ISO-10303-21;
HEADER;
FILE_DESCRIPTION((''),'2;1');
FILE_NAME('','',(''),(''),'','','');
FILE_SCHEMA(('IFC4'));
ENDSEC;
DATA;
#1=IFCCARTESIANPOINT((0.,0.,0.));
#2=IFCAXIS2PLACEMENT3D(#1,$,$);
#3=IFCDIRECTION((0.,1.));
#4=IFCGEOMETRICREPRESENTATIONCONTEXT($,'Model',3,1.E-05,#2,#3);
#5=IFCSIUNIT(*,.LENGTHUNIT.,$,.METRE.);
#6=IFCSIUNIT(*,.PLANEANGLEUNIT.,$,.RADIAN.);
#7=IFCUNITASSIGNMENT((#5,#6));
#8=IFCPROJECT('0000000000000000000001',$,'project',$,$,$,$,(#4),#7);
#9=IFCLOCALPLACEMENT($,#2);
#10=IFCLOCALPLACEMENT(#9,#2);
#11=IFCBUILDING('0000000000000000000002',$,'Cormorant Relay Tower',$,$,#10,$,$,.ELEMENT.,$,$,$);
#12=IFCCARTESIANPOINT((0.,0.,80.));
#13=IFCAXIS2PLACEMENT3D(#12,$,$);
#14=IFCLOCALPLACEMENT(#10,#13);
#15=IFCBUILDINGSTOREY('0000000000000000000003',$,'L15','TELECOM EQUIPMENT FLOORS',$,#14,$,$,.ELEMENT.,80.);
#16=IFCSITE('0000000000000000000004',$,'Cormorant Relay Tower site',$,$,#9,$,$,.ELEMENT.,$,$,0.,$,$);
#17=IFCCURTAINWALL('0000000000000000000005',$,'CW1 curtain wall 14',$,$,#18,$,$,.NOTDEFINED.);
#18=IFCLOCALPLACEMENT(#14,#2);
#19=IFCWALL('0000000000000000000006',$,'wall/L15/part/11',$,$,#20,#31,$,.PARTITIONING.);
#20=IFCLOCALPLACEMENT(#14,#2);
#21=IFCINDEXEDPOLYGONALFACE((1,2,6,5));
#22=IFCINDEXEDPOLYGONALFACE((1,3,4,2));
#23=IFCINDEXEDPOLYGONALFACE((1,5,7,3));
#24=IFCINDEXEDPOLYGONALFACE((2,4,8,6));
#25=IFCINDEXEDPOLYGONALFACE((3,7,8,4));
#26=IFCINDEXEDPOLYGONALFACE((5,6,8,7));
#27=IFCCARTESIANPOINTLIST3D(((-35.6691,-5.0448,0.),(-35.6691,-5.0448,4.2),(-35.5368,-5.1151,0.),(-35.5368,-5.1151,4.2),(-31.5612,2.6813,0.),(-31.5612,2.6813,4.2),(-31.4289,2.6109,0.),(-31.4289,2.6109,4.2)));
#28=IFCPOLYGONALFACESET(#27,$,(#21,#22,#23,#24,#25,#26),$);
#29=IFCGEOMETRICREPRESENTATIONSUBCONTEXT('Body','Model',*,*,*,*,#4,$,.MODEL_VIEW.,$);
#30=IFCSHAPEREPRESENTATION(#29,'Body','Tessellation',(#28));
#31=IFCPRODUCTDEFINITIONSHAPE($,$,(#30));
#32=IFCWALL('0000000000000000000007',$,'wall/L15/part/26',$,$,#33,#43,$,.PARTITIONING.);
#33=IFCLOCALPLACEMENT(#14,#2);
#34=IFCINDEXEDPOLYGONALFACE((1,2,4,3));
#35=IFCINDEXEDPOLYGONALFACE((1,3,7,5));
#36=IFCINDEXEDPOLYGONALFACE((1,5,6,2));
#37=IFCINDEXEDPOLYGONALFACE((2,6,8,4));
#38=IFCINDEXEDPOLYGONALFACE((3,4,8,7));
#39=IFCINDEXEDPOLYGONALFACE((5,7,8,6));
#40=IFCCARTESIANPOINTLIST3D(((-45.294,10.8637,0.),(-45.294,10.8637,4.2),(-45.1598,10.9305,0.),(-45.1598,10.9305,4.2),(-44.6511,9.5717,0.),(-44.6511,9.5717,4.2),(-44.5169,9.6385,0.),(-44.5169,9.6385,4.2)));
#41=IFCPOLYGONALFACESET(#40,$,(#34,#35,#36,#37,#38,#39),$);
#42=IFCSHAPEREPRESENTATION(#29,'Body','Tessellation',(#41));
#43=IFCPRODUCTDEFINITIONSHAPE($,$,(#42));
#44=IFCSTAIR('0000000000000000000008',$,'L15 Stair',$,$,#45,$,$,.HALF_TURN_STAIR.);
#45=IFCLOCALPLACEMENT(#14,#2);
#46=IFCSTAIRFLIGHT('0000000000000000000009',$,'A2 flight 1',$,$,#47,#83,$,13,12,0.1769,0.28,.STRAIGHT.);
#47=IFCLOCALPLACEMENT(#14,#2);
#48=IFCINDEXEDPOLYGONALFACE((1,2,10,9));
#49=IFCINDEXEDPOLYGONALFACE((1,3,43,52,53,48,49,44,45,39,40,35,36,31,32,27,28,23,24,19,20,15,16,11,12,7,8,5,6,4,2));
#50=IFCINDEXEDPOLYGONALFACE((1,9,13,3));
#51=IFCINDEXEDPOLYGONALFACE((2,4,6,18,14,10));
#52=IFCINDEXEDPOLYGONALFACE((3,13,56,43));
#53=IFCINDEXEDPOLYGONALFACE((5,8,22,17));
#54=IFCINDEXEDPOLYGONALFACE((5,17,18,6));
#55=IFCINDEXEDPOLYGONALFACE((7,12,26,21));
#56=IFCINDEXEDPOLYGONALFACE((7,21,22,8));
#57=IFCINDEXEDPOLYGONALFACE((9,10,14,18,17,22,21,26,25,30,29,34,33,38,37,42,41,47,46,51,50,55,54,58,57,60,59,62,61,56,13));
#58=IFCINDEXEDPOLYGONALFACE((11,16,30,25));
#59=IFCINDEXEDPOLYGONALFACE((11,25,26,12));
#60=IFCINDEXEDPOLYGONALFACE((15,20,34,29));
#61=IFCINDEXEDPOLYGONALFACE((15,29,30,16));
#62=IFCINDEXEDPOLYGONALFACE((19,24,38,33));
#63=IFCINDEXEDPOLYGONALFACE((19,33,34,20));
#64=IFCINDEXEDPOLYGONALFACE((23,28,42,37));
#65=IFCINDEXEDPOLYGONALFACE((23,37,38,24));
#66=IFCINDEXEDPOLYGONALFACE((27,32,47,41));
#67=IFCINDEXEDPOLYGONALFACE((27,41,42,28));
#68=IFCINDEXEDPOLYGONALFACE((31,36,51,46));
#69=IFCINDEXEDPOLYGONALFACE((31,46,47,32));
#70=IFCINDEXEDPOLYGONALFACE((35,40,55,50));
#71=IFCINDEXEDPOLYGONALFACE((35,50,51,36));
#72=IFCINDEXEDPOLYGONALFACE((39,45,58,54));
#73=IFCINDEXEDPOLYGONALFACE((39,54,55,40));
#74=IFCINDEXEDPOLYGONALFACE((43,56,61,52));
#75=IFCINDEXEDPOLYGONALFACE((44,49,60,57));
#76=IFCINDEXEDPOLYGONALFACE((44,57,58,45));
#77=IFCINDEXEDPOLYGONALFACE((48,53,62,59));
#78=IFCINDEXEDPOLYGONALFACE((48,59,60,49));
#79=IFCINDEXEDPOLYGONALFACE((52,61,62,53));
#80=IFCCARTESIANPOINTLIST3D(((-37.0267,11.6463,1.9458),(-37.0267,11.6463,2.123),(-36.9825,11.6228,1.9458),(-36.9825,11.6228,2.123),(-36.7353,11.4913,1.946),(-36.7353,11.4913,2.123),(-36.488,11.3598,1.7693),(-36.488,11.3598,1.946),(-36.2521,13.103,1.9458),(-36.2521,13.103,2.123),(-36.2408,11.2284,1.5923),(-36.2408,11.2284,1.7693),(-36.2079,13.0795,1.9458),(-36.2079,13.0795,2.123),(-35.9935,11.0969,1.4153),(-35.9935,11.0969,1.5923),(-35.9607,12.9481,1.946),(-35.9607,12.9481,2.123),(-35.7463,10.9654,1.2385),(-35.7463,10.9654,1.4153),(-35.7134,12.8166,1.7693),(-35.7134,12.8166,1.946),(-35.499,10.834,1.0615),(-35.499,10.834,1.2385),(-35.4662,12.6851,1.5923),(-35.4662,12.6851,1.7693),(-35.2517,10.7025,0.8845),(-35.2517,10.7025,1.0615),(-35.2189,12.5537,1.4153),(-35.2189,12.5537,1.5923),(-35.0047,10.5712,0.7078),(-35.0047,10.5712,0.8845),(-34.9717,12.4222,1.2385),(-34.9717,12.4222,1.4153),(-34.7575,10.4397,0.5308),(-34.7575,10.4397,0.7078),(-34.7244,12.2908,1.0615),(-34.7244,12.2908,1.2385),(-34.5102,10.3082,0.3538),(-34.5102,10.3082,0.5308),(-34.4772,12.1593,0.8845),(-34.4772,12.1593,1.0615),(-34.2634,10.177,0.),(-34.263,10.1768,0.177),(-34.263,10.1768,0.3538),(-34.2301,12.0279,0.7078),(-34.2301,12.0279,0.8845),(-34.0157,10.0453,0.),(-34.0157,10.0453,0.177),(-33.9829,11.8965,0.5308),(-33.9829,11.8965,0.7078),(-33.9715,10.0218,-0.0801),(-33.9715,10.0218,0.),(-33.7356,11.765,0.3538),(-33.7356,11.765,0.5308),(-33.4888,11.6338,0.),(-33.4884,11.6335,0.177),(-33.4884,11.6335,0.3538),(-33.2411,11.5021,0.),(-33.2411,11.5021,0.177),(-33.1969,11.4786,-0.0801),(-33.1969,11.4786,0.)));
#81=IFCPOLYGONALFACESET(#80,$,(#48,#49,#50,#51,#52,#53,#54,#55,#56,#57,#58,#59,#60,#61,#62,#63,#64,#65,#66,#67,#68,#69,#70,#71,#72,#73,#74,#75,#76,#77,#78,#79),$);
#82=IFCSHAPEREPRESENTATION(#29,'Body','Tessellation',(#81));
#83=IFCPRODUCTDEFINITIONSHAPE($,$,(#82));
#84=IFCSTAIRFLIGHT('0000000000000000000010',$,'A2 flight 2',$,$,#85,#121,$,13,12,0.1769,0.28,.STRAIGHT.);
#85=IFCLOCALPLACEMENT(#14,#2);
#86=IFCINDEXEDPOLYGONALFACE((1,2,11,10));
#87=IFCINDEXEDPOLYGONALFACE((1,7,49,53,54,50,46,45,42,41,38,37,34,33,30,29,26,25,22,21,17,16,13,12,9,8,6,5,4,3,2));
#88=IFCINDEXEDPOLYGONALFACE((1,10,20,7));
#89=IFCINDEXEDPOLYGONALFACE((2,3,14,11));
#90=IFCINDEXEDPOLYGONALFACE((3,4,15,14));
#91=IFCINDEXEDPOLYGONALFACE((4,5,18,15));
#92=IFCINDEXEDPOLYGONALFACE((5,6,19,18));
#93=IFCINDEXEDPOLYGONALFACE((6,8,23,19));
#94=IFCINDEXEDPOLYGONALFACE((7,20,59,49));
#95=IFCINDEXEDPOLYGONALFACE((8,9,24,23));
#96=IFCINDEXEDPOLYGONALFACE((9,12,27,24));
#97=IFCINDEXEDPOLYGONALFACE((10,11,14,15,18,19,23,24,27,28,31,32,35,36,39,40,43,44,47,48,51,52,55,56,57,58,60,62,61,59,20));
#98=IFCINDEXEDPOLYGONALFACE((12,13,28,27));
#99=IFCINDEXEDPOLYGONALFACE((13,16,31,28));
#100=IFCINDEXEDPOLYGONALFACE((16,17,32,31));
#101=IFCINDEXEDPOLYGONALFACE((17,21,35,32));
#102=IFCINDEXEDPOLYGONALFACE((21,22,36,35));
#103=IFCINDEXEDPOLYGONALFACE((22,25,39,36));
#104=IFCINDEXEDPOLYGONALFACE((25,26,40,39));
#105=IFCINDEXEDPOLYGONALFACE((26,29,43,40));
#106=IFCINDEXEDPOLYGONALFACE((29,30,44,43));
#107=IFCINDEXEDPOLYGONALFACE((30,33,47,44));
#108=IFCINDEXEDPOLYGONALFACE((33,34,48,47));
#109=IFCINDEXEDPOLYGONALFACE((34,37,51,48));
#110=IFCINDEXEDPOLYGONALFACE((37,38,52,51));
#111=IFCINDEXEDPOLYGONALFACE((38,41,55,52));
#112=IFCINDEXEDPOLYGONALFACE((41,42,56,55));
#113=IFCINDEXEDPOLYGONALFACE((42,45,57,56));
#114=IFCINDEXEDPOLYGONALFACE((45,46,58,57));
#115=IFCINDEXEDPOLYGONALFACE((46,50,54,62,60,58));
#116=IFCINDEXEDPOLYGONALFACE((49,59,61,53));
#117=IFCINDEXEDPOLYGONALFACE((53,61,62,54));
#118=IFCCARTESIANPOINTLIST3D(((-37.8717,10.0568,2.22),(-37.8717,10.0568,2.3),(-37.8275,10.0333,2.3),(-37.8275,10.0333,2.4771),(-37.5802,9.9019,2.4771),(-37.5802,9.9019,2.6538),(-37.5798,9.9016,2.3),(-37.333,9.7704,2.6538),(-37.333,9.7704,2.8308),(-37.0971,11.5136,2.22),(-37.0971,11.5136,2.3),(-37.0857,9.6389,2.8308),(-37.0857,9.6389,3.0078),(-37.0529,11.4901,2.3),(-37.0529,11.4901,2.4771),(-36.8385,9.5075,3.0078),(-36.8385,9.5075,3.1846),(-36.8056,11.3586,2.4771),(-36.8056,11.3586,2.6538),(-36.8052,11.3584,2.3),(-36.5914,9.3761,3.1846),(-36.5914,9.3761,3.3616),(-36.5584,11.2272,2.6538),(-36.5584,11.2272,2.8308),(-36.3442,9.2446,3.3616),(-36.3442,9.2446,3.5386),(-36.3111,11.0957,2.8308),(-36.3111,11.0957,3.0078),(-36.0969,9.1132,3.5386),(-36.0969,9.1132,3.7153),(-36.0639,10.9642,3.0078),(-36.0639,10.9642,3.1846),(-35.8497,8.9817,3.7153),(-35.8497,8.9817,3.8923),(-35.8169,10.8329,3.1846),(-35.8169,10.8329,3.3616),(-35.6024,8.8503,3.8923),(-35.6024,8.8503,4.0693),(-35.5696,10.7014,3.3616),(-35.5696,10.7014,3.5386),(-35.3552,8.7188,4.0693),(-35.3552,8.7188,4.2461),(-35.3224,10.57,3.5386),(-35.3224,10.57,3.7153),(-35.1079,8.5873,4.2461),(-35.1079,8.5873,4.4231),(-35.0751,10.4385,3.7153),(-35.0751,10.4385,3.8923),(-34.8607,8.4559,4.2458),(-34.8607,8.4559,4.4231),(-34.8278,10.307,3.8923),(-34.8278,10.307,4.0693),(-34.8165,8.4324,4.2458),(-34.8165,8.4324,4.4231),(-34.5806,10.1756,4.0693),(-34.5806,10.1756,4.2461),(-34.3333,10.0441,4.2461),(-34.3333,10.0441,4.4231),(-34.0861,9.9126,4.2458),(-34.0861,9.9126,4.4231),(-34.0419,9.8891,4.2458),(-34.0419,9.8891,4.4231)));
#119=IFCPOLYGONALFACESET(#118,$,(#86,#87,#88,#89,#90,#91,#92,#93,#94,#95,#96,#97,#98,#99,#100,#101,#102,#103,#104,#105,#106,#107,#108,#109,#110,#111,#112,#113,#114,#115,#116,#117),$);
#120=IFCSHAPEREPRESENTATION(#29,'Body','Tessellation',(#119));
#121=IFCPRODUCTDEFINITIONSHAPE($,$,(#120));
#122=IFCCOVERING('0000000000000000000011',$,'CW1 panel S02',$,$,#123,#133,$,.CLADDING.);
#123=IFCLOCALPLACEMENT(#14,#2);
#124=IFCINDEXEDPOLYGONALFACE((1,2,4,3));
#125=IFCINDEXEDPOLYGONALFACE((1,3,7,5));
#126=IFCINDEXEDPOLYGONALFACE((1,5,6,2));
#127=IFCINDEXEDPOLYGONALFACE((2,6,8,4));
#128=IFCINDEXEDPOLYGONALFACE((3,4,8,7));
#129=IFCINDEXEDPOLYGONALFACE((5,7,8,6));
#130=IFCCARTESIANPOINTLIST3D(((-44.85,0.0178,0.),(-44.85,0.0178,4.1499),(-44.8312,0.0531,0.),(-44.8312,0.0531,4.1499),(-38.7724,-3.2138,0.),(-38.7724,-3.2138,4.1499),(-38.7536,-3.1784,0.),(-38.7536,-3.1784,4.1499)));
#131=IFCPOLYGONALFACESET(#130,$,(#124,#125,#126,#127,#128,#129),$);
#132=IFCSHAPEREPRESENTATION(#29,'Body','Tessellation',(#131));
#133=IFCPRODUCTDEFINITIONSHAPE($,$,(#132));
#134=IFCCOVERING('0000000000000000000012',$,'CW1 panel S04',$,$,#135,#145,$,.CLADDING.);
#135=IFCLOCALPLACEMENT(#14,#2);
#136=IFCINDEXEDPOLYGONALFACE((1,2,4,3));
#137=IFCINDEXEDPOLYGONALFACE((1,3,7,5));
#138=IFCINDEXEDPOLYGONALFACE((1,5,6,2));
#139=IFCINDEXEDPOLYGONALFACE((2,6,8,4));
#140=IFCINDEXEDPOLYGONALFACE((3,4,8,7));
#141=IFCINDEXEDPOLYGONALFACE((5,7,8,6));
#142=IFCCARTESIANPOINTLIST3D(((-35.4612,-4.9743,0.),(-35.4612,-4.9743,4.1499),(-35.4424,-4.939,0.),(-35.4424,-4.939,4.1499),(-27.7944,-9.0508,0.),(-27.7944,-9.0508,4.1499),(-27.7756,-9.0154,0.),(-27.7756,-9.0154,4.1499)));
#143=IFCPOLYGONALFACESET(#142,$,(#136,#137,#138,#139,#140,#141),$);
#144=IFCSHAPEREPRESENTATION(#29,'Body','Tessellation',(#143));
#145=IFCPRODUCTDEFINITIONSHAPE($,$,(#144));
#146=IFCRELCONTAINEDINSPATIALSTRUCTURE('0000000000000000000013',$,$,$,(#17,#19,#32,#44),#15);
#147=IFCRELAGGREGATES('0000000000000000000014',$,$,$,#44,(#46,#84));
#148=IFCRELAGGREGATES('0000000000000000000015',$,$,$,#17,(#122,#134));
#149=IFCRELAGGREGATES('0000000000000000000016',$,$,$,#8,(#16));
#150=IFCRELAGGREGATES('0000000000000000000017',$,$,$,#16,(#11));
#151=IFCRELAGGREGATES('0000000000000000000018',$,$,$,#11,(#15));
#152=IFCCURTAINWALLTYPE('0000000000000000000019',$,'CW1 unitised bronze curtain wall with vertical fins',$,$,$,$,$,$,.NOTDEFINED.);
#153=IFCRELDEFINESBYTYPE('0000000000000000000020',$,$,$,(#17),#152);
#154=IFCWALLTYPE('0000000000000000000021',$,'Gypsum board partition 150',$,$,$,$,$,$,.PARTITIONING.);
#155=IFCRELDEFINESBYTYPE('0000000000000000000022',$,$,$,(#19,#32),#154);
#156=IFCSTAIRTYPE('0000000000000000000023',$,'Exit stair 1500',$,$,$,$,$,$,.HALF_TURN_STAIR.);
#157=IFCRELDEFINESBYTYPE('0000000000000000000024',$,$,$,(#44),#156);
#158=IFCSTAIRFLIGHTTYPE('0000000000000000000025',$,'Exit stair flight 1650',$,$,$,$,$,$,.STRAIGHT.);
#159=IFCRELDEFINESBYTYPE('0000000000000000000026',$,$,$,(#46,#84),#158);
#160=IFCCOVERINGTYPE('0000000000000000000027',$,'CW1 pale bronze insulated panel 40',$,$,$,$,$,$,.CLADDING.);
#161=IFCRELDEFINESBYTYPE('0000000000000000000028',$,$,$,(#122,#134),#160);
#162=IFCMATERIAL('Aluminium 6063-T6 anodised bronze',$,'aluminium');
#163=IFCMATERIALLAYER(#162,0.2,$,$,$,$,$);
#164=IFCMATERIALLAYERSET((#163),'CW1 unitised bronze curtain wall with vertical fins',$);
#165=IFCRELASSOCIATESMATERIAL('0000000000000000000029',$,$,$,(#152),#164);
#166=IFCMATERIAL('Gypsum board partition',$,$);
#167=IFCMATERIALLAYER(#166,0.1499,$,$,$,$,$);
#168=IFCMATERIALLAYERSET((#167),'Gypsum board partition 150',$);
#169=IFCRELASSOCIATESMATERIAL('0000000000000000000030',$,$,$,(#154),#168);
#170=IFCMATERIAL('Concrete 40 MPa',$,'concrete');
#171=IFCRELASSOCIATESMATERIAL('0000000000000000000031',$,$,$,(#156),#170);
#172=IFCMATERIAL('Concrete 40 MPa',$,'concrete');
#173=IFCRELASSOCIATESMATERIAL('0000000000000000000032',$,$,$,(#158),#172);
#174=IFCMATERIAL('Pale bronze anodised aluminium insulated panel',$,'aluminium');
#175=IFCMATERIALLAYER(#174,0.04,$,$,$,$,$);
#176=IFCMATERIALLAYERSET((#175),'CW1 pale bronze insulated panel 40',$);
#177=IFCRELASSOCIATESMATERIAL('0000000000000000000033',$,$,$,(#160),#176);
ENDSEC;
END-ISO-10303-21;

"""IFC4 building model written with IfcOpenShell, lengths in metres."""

from ifc_helpers import new_model, si_unit, direction, frame, frame_2d, origin, origin_2d, place, context, subcontext, project, spatial, polyline, rectangle, outline, extrude, material, layer, layer_set, type_object, element, aggregate, save


model = new_model("IFC4")

# Units and contexts
model_context = context("Model", 3, precision=1e-05, world=origin(), true_north=direction((0.0, 1.0)))
body_context = subcontext(model_context, "Body", "Model", "MODEL_VIEW")
ifc_project = project(units=[si_unit("LENGTHUNIT", "METRE"), si_unit("PLANEANGLEUNIT", "RADIAN")], contexts=[model_context])

# Site, building, storey
site_placement = place(None, origin())
site = spatial("IfcSite", under=ifc_project, at=site_placement, Name="Cormorant Relay Tower site", CompositionType="ELEMENT", RefElevation=0.0)
building_placement = place(site_placement, origin())
building = spatial("IfcBuilding", under=site, at=building_placement, Name="Cormorant Relay Tower", CompositionType="ELEMENT")
storey_placement = place(building_placement, frame((0.0, 0.0, 80.0)))
storey = spatial("IfcBuildingStorey", under=building, at=storey_placement, Name="L15", Description="TELECOM EQUIPMENT FLOORS", CompositionType="ELEMENT", Elevation=80.0)

# Curtain wall
ifc_material_1 = material(Name="Aluminium 6063-T6 anodised bronze", Category="aluminium")
ifc_layer_1 = layer(ifc_material_1, 0.2)
ifc_layer_set_1 = layer_set([ifc_layer_1], Name="CW1 unitised bronze curtain wall with vertical fins")
curtain_wall_type = type_object("IfcCurtainWallType", Name="CW1 unitised bronze curtain wall with vertical fins", PredefinedType="NOTDEFINED", material=ifc_layer_set_1)
curtain_wall_placement = place(storey_placement, origin())
curtain_wall = element("IfcCurtainWall", 1, at=curtain_wall_placement, inside=storey, type_object=curtain_wall_type, Name="CW1 curtain wall 14", PredefinedType="NOTDEFINED")

# Walls
ifc_material_2 = material(Name="Gypsum board partition")
ifc_layer_2 = layer(ifc_material_2, 0.1499)
ifc_layer_set_2 = layer_set([ifc_layer_2], Name="Gypsum board partition 150")
wall_type_1 = type_object("IfcWallType", Name="Gypsum board partition 150", PredefinedType="PARTITIONING", material=ifc_layer_set_2)
wall_1_placement = place(storey_placement, frame((-31.4951, 2.646, 0.0), z_axis=(0.0, 0.0, 1.0), x_axis=(-0.469461, -0.882953, 0.0)))
element("IfcWall", 2, at=wall_1_placement, inside=storey, type_object=wall_type_1, Name="wall/L15/part/11", PredefinedType="PARTITIONING", context=body_context, shape_type="SweptSolid", body=[
    extrude(rectangle(XDim=8.7502, YDim=0.1499, at=frame_2d((4.375, 0.0))), origin(), (0.0, 0.0, 1.0), 4.2),
])
wall_2_placement = place(storey_placement, frame((-44.584, 9.605, 0.0), z_axis=(0.0, 0.0, 1.0), x_axis=(-0.445453, 0.895305, 0.0)))
element("IfcWall", 3, at=wall_2_placement, inside=storey, type_object=wall_type_1, Name="wall/L15/part/26", PredefinedType="PARTITIONING", context=body_context, shape_type="SweptSolid", body=[
    extrude(rectangle(XDim=1.4431, YDim=0.1499, at=frame_2d((0.7217, 0.0))), origin(), (0.0, 0.0, 1.0), 4.2),
])

# Stair, stair flights
ifc_material_3 = material(Name="Concrete 40 MPa", Category="concrete")
stair_type = type_object("IfcStairType", Name="Exit stair 1500", PredefinedType="HALF_TURN_STAIR", material=ifc_material_3)
stair_placement = place(storey_placement, origin())
stair = element("IfcStair", 4, at=stair_placement, inside=storey, type_object=stair_type, Name="L15 Stair", PredefinedType="HALF_TURN_STAIR")
ifc_material_4 = material(Name="Concrete 40 MPa", Category="concrete")
stair_flight_type = type_object("IfcStairFlightType", Name="Exit stair flight 1650", PredefinedType="STRAIGHT", material=ifc_material_4)
stair_flight_1_placement = place(storey_placement, frame((-33.6284, 10.7737, 0.0), z_axis=(0.0, 0.0, 1.0), x_axis=(-0.882948, 0.469472, 0.0)))
stair_flight_1 = element("IfcStairFlight", 5, at=stair_flight_1_placement, type_object=stair_flight_type, Name="A2 flight 1", NumberOfRisers=13, NumberOfTreads=12, PredefinedType="STRAIGHT", RiserHeight=0.1769, TreadLength=0.28, context=body_context, shape_type="SweptSolid", body=[
    extrude(outline(polyline([(-0.05, -0.0801), (-0.05, 0.0), (0.0, 0.0), (0.0, 0.177), (0.28, 0.177), (0.28, 0.3538), (0.5601, 0.3538), (0.5601, 0.5308), (0.8401, 0.5308), (0.8401, 0.7078), (1.1201, 0.7078), (1.1201, 0.8845), (1.3999, 0.8845), (1.3999, 1.0615), (1.6799, 1.0615), (1.6799, 1.2385), (1.96, 1.2385), (1.96, 1.4153), (2.24, 1.4153), (2.24, 1.5923), (2.52, 1.5923), (2.52, 1.7693), (2.8, 1.7693), (2.8, 1.946), (3.0801, 1.946), (3.0801, 2.123), (3.3601, 2.123), (3.4102, 2.123), (3.4102, 1.9458), (3.3601, 1.9458), (0.2805, 0.0), (-0.05, -0.0801)])), frame((0.0, 0.825, 0.0), z_axis=(0.0, -1.0, 0.0), x_axis=(1.0, 0.0, 0.0)), (0.0, 0.0, 1.0), 1.6499),
])
stair_flight_2_placement = place(storey_placement, frame((-37.4402, 10.7617, 2.3), z_axis=(0.0, 0.0, 1.0), x_axis=(0.882948, -0.469472, 0.0)))
stair_flight_2 = element("IfcStairFlight", 6, at=stair_flight_2_placement, type_object=stair_flight_type, Name="A2 flight 2", NumberOfRisers=13, NumberOfTreads=12, PredefinedType="STRAIGHT", RiserHeight=0.1769, TreadLength=0.28, context=body_context, shape_type="SweptSolid", body=[
    extrude(outline(polyline([(-0.05, -0.0801), (-0.05, 0.0), (0.0, 0.0), (0.0, 0.177), (0.28, 0.177), (0.28, 0.3538), (0.5601, 0.3538), (0.5601, 0.5308), (0.8401, 0.5308), (0.8401, 0.7078), (1.1201, 0.7078), (1.1201, 0.8845), (1.3999, 0.8845), (1.3999, 1.0615), (1.6799, 1.0615), (1.6799, 1.2385), (1.96, 1.2385), (1.96, 1.4153), (2.24, 1.4153), (2.24, 1.5923), (2.52, 1.5923), (2.52, 1.7693), (2.8, 1.7693), (2.8, 1.946), (3.0801, 1.946), (3.0801, 2.123), (3.3601, 2.123), (3.4102, 2.123), (3.4102, 1.9458), (3.3601, 1.9458), (0.2805, 0.0), (-0.05, -0.0801)])), frame((0.0, 0.825, 0.0), z_axis=(0.0, -1.0, 0.0), x_axis=(1.0, 0.0, 0.0)), (0.0, 0.0, 1.0), 1.6499),
])
aggregate(stair, [stair_flight_1, stair_flight_2])

# Coverings
ifc_material_5 = material(Name="Pale bronze anodised aluminium insulated panel", Category="aluminium")
ifc_layer_3 = layer(ifc_material_5, 0.04)
ifc_layer_set_3 = layer_set([ifc_layer_3], Name="CW1 pale bronze insulated panel 40")
covering_type = type_object("IfcCoveringType", Name="CW1 pale bronze insulated panel 40", PredefinedType="CLADDING", material=ifc_layer_set_3)
covering_1_placement = place(storey_placement, frame((-41.8018, -1.5803, 0.0), z_axis=(0.0, 0.0, 1.0), x_axis=(0.882948, -0.469472, 0.0)))
covering_1 = element("IfcCovering", 7, at=covering_1_placement, type_object=covering_type, Name="CW1 panel S02", PredefinedType="CLADDING", context=body_context, shape_type="SweptSolid", body=[
    extrude(rectangle(XDim=6.8833, YDim=0.04, at=origin_2d()), origin(), (0.0, 0.0, 1.0), 4.1499),
])
covering_2_placement = place(storey_placement, frame((-31.6184, -6.9949, 0.0), z_axis=(0.0, 0.0, 1.0), x_axis=(0.882948, -0.469472, 0.0)))
covering_2 = element("IfcCovering", 8, at=covering_2_placement, type_object=covering_type, Name="CW1 panel S04", PredefinedType="CLADDING", context=body_context, shape_type="SweptSolid", body=[
    extrude(rectangle(XDim=8.6831, YDim=0.04, at=origin_2d()), origin(), (0.0, 0.0, 1.0), 4.1499),
])
aggregate(curtain_wall, [covering_1, covering_2])

save(model, "model.ifc")
